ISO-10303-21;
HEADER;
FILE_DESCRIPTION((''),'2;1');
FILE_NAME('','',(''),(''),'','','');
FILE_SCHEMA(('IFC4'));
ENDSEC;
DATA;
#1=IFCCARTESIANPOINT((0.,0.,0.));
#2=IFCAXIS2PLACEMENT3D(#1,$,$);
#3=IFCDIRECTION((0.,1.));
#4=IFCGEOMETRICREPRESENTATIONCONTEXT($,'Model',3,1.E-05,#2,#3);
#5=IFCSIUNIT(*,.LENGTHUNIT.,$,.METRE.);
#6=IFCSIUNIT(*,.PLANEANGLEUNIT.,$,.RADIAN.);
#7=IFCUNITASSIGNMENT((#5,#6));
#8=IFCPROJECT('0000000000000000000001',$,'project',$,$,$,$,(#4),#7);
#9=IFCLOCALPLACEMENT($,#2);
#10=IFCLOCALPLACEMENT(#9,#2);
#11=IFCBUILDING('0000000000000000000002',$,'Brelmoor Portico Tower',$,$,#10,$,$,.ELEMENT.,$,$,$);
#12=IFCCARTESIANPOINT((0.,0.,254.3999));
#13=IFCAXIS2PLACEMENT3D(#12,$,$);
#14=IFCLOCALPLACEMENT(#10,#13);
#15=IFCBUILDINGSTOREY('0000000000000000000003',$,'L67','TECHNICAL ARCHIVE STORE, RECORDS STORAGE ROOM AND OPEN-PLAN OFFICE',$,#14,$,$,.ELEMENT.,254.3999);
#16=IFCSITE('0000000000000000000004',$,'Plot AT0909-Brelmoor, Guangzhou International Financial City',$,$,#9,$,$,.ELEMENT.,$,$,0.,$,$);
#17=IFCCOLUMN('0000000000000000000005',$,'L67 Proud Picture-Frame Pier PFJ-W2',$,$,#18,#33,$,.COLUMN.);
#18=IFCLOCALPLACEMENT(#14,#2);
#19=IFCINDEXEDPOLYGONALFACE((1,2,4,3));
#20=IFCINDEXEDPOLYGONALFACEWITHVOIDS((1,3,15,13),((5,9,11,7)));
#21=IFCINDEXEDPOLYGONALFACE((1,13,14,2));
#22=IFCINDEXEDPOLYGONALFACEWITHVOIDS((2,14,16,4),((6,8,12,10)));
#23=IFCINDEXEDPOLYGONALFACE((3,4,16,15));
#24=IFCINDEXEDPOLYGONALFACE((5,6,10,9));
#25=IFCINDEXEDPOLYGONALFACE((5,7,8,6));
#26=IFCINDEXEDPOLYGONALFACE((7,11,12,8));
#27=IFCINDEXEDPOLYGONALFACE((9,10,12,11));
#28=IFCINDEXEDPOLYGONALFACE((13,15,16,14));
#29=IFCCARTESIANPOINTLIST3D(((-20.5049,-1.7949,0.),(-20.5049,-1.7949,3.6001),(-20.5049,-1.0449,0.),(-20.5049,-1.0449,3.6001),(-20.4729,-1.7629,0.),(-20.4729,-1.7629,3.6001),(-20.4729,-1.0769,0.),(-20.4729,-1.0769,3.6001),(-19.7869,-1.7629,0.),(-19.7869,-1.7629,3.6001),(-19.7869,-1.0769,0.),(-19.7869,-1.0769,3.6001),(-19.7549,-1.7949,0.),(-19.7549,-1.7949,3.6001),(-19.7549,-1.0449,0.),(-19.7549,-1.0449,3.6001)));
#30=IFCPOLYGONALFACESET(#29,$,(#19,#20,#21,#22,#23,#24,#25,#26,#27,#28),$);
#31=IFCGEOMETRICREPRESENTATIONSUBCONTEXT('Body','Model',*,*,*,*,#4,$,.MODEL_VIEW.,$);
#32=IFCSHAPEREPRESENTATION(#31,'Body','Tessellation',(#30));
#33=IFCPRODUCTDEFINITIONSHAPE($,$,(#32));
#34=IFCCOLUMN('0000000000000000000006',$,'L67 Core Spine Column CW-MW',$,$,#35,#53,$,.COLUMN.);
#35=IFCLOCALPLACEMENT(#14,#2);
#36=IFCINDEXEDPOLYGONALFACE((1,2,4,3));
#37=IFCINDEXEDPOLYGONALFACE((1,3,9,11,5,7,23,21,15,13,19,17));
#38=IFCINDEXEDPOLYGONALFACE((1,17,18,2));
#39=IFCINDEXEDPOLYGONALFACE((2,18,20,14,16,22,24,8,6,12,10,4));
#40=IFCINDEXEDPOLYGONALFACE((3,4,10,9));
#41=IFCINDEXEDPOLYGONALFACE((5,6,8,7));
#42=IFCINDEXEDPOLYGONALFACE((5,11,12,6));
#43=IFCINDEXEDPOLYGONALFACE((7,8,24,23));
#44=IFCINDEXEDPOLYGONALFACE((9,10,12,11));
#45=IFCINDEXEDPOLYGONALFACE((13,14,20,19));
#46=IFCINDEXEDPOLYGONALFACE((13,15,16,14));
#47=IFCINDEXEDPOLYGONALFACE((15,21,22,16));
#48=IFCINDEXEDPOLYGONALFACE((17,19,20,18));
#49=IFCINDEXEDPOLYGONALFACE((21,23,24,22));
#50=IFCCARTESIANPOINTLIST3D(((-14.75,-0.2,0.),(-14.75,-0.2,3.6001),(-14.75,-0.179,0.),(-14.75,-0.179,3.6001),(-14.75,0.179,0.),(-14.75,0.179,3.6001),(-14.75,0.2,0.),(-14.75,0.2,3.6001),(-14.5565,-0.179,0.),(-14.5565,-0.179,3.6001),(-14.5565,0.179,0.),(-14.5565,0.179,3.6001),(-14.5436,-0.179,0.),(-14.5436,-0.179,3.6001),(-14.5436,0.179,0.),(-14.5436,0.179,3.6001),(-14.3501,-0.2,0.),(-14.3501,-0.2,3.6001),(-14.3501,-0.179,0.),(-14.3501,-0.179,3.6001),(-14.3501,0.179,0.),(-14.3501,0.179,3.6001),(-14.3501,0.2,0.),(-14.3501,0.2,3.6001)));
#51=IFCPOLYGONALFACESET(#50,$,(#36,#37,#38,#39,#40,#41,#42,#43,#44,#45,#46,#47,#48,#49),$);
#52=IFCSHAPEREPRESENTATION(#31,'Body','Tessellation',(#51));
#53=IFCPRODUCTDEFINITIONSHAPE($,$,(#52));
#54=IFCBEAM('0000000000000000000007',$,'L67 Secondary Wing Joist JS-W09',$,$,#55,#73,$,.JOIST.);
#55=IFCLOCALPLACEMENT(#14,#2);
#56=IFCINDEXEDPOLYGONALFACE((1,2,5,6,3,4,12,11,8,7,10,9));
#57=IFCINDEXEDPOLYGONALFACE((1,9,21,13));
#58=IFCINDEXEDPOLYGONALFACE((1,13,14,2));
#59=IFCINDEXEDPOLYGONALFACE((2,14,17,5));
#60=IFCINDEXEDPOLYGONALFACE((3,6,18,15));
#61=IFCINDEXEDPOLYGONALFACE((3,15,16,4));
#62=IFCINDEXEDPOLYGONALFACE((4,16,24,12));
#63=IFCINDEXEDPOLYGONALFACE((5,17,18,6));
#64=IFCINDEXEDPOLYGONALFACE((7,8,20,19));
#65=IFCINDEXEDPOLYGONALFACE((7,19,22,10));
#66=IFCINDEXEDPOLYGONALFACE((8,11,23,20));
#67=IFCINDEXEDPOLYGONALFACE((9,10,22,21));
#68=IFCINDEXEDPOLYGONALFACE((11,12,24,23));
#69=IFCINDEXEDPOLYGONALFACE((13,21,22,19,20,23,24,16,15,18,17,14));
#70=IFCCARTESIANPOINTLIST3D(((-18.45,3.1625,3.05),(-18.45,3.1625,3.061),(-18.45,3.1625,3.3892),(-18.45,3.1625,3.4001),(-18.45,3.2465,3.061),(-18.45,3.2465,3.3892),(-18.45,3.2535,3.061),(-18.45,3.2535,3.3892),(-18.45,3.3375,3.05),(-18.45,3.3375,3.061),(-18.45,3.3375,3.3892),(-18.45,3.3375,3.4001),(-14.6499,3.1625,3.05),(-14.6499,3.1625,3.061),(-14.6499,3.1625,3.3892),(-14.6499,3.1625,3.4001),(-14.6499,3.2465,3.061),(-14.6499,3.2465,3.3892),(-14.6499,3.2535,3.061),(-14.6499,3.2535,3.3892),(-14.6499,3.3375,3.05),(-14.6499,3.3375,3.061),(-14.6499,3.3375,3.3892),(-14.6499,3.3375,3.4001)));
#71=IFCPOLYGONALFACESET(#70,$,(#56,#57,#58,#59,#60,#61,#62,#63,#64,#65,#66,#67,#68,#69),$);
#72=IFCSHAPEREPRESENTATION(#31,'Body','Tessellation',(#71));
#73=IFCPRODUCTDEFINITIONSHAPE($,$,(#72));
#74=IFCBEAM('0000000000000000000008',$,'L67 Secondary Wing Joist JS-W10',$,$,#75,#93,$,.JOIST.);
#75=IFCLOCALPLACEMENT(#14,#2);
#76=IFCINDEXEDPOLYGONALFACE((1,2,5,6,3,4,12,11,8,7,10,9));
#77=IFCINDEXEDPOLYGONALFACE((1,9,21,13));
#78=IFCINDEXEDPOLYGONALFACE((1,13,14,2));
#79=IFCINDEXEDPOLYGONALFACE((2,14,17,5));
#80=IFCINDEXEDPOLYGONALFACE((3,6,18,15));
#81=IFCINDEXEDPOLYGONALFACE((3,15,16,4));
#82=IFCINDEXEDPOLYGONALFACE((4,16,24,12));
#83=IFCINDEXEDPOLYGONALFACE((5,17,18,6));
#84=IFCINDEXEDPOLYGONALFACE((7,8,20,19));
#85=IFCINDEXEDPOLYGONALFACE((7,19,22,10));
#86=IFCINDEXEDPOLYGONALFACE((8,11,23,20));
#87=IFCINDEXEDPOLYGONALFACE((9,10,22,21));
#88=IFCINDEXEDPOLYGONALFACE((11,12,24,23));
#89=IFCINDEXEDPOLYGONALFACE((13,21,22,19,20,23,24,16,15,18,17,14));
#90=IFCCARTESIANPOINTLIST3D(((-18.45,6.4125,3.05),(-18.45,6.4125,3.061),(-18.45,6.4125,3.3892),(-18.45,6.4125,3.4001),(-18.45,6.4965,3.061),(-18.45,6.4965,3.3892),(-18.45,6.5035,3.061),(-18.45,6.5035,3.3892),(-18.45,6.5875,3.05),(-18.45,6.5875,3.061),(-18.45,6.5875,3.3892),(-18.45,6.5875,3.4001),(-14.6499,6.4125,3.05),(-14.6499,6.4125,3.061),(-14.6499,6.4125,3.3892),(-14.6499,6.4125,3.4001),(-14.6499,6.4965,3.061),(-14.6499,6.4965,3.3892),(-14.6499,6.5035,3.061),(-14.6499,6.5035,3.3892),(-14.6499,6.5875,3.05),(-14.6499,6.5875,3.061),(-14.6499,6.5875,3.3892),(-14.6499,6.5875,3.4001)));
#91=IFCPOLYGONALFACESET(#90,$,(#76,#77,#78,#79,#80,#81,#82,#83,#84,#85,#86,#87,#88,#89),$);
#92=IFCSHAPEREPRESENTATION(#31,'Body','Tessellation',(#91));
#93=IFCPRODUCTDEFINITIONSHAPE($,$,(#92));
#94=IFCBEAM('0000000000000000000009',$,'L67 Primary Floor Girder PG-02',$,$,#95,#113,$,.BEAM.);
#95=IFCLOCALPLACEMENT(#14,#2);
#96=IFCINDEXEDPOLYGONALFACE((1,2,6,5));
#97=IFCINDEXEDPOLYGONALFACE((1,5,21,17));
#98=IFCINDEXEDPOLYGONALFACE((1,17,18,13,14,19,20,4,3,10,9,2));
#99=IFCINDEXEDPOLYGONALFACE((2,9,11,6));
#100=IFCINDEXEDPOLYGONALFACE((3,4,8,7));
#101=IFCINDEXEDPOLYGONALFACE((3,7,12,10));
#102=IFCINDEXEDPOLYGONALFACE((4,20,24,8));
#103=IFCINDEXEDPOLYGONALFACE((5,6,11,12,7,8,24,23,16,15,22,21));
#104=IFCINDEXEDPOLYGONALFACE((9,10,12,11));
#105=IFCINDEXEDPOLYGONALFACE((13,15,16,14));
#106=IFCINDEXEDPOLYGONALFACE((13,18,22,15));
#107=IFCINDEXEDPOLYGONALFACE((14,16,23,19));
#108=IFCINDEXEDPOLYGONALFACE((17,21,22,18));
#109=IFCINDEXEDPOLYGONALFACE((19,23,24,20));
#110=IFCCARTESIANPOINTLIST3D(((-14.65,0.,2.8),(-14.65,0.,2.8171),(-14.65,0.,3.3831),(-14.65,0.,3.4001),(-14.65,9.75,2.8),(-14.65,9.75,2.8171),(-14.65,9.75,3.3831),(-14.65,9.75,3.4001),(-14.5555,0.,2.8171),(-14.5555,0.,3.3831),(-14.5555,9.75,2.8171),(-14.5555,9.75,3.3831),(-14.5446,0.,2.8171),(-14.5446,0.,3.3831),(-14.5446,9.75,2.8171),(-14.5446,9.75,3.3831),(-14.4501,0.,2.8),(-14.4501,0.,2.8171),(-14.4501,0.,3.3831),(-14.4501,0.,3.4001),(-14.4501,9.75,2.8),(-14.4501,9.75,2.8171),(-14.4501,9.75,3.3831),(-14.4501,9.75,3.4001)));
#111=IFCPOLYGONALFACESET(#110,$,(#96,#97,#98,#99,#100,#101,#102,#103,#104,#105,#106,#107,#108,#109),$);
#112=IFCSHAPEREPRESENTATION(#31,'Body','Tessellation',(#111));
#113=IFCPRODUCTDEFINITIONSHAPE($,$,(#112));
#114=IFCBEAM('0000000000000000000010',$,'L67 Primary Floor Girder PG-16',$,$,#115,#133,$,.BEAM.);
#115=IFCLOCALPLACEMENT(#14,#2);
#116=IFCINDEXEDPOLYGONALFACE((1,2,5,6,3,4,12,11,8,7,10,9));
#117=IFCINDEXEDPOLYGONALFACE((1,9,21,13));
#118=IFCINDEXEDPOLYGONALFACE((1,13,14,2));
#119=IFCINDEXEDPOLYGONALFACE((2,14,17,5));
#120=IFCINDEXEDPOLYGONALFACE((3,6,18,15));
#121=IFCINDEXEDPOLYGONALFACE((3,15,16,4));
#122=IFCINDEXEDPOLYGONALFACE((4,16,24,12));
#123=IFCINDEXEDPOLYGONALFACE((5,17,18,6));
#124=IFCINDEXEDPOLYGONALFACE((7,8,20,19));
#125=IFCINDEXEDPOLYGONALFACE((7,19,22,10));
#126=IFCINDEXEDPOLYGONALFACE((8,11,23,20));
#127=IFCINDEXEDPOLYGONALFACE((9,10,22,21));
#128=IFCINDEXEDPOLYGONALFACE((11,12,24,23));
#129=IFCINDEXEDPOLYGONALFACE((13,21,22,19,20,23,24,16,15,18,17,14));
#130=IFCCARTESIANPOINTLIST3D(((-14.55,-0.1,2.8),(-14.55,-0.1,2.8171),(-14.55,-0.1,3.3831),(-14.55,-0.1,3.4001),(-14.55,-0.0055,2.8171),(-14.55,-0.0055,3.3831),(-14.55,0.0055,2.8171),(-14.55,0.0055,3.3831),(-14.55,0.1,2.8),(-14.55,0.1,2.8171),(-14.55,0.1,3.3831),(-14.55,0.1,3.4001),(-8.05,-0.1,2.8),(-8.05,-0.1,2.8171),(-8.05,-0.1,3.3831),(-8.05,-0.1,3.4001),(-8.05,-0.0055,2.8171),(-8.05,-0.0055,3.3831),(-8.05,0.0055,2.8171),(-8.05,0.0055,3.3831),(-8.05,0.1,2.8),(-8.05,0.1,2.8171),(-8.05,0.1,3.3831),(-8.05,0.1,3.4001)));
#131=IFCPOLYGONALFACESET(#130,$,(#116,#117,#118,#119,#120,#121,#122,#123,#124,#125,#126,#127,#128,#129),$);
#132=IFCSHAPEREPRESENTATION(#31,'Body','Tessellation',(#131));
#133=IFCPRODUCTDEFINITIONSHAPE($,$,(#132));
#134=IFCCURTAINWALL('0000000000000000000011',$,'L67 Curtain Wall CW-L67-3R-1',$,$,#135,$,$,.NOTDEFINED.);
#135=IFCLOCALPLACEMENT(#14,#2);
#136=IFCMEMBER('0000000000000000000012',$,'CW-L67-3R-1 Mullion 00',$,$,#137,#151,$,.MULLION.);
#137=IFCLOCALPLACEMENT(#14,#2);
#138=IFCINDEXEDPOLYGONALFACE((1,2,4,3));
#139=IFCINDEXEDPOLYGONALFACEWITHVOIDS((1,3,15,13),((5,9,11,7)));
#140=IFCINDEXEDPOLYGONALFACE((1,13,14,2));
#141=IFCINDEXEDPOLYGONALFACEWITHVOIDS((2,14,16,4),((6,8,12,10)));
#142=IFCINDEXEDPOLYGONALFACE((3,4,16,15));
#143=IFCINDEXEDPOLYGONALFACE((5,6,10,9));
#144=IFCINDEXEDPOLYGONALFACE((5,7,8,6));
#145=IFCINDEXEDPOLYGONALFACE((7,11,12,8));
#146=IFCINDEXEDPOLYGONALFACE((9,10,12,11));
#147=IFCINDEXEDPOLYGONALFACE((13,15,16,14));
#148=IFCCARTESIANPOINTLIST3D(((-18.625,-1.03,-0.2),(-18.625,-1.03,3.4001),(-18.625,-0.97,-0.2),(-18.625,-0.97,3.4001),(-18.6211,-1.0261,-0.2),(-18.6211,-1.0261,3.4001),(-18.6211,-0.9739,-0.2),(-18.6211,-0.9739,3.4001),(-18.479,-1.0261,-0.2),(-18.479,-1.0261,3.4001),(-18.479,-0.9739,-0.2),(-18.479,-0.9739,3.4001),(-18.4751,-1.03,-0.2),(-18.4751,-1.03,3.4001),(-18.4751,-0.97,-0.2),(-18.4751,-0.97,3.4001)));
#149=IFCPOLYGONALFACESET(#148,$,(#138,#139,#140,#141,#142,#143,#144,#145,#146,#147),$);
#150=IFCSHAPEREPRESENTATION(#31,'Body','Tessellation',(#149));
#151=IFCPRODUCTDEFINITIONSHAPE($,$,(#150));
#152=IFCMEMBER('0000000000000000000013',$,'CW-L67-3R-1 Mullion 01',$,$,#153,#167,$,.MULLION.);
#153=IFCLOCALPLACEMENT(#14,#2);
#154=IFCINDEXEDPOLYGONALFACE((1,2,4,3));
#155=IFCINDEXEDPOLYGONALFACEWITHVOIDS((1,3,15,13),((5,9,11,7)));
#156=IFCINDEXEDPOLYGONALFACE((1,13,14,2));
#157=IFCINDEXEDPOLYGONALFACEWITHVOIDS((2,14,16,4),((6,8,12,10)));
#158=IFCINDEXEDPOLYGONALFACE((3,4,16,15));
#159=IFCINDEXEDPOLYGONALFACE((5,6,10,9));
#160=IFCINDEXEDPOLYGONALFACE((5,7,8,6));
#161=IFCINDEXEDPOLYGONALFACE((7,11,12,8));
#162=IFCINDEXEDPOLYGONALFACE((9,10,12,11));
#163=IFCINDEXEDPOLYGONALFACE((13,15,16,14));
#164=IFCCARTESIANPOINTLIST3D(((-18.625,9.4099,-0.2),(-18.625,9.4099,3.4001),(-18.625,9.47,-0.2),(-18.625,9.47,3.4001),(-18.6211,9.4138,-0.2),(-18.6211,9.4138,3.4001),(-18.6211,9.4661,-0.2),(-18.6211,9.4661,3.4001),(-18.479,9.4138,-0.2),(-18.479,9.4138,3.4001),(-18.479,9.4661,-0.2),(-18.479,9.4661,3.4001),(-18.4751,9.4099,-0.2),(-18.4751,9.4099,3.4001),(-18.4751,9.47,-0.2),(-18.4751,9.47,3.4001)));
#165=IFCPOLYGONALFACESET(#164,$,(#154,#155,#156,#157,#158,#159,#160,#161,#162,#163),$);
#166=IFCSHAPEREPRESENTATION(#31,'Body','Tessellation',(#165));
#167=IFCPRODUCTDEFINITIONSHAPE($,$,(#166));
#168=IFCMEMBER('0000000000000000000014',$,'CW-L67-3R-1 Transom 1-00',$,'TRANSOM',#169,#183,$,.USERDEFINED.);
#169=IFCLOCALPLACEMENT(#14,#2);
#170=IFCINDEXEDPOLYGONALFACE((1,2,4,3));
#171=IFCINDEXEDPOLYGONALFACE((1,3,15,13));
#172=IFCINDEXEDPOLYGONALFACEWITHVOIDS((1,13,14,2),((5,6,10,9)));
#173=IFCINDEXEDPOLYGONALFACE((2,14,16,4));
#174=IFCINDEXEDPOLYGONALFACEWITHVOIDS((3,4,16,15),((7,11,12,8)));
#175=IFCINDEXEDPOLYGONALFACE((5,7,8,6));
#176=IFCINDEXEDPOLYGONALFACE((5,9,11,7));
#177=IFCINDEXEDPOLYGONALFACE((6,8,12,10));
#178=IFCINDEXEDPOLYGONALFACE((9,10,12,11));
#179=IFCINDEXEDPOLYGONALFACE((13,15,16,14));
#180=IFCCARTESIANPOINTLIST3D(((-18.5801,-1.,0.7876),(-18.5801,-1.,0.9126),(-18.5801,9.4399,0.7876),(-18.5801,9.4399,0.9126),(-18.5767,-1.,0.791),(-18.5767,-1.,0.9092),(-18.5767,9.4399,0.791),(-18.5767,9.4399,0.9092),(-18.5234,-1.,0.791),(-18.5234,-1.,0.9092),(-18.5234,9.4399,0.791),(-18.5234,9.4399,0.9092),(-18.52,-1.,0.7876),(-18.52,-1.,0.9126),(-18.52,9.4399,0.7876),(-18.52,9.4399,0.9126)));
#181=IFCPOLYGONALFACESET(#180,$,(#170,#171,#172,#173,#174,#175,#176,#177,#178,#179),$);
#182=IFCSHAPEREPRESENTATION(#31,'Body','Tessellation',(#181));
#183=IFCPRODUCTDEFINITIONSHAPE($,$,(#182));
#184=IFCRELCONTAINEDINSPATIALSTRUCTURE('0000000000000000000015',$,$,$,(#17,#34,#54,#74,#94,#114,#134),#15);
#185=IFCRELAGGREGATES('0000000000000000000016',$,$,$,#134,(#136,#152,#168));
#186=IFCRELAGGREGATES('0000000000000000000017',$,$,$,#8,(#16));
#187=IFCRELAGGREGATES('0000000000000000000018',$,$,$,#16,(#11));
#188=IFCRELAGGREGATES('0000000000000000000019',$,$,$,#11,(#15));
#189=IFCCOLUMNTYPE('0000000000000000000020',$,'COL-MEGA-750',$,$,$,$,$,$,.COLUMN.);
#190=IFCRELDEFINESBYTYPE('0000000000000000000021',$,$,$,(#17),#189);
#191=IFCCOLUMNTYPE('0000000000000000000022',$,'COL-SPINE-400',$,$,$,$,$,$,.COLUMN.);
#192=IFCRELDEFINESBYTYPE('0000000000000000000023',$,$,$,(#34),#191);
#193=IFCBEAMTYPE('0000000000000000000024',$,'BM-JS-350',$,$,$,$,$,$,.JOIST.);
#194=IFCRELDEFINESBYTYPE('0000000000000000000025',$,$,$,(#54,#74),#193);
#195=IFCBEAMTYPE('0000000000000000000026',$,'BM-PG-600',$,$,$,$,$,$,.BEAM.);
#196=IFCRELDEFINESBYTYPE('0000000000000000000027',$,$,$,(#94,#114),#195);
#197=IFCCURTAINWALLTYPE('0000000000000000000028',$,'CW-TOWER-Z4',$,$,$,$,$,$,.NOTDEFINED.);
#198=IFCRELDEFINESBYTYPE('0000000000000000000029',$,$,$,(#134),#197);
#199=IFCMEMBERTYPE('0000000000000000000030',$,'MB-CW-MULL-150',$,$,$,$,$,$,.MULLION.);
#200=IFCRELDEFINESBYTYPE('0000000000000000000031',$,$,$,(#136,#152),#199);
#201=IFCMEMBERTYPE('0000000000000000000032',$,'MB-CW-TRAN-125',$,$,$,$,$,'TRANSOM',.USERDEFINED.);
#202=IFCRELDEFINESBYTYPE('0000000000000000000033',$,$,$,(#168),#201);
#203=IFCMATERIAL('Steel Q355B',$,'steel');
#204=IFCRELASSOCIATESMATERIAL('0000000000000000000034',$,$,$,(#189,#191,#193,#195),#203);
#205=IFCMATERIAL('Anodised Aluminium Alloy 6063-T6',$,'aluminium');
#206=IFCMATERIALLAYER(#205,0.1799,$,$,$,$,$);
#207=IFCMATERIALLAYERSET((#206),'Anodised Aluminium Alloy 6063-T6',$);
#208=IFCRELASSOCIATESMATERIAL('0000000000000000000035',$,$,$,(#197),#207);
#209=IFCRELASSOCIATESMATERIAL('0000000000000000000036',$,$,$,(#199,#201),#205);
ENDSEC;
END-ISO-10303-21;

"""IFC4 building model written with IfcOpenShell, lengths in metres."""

from ifc_helpers import new_model, si_unit, direction, frame, origin, origin_2d, place, context, subcontext, project, spatial, hollow_rectangle, i_section, extrude, material, layer, layer_set, material_profile, profile_set, type_object, element, aggregate, save


model = new_model("IFC4")

# Units and contexts
model_context = context("Model", 3, precision=1e-05, world=origin(), true_north=direction((0.0, 1.0)))
body_context = subcontext(model_context, "Body", "Model", "MODEL_VIEW")
ifc_project = project(units=[si_unit("LENGTHUNIT", "METRE"), si_unit("PLANEANGLEUNIT", "RADIAN")], contexts=[model_context])

# Site, building, storey
site_placement = place(None, origin())
site = spatial("IfcSite", under=ifc_project, at=site_placement, Name="Plot AT0909-Brelmoor, Guangzhou International Financial City", CompositionType="ELEMENT", RefElevation=0.0)
building_placement = place(site_placement, origin())
building = spatial("IfcBuilding", under=site, at=building_placement, Name="Brelmoor Portico Tower", CompositionType="ELEMENT")
storey_placement = place(building_placement, frame((0.0, 0.0, 254.3999)))
storey = spatial("IfcBuildingStorey", under=building, at=storey_placement, Name="L67", Description="TECHNICAL ARCHIVE STORE, RECORDS STORAGE ROOM AND OPEN-PLAN OFFICE", CompositionType="ELEMENT", Elevation=254.3999)

# Columns
ifc_material_1 = material(Name="Steel Q355B", Category="steel")
ifc_material_profile_1 = material_profile(ifc_material_1, hollow_rectangle(XDim=0.75, YDim=0.75, WallThickness=0.032, at=origin_2d()), Name="BOX 750x750x32")
ifc_profile_set_1 = profile_set([ifc_material_profile_1], Name="Steel Q355B")
column_type_1 = type_object("IfcColumnType", Name="COL-MEGA-750", PredefinedType="COLUMN", material=ifc_profile_set_1)
column_1_placement = place(storey_placement, frame((-20.1299, -1.4199, 0.0), z_axis=(0.0, 0.0, 1.0), x_axis=(0.0, 1.0, 0.0)))
element("IfcColumn", 1, at=column_1_placement, inside=storey, type_object=column_type_1, Name="L67 Proud Picture-Frame Pier PFJ-W2", PredefinedType="COLUMN", context=body_context, shape_type="SweptSolid", body=[
    extrude(hollow_rectangle(XDim=0.75, YDim=0.75, WallThickness=0.032, at=origin_2d()), origin(), (0.0, 0.0, 1.0), 3.6001),
])
ifc_material_profile_2 = material_profile(ifc_material_1, i_section(OverallWidth=0.3999, OverallDepth=0.3999, WebThickness=0.0129, FlangeThickness=0.021, at=origin_2d()), Name="HW 400x400x13x21")
ifc_profile_set_2 = profile_set([ifc_material_profile_2], Name="Steel Q355B")
column_type_2 = type_object("IfcColumnType", Name="COL-SPINE-400", PredefinedType="COLUMN", material=ifc_profile_set_2)
column_2_placement = place(storey_placement, frame((-14.55, 0.0, 0.0), z_axis=(0.0, 0.0, 1.0), x_axis=(1.0, 0.0, 0.0)))
element("IfcColumn", 2, at=column_2_placement, inside=storey, type_object=column_type_2, Name="L67 Core Spine Column CW-MW", PredefinedType="COLUMN", context=body_context, shape_type="SweptSolid", body=[
    extrude(i_section(OverallWidth=0.3999, OverallDepth=0.3999, WebThickness=0.0129, FlangeThickness=0.021, at=origin_2d()), origin(), (0.0, 0.0, 1.0), 3.6001),
])

# Beams
ifc_material_profile_3 = material_profile(ifc_material_1, i_section(OverallWidth=0.175, OverallDepth=0.3501, WebThickness=0.0071, FlangeThickness=0.011, at=origin_2d()), Name="HN 350x175x7x11")
ifc_profile_set_3 = profile_set([ifc_material_profile_3], Name="Steel Q355B")
beam_type_1 = type_object("IfcBeamType", Name="BM-JS-350", PredefinedType="JOIST", material=ifc_profile_set_3)
for number, where, z_axis, x_axis, name in (
    (3, (-18.45, 3.25, 3.2251), (1.0, 0.0, 0.0), (0.0, 1.0, 0.0), "L67 Secondary Wing Joist JS-W09"),
    (4, (-18.45, 6.5, 3.2251), (1.0, 0.0, 0.0), (0.0, 1.0, 0.0), "L67 Secondary Wing Joist JS-W10"),
):
    element("IfcBeam", number, at=place(storey_placement, frame(where, z_axis=z_axis, x_axis=x_axis)), inside=storey, type_object=beam_type_1, Name=name, PredefinedType="JOIST", context=body_context, shape_type="SweptSolid", body=[
        extrude(i_section(OverallWidth=0.175, OverallDepth=0.3501, WebThickness=0.0071, FlangeThickness=0.011, at=origin_2d()), origin(), (0.0, 0.0, 1.0), 3.8),
    ])
ifc_material_profile_4 = material_profile(ifc_material_1, i_section(OverallWidth=0.2, OverallDepth=0.6001, WebThickness=0.011, FlangeThickness=0.0171, at=origin_2d()), Name="HN 600x200x11x17")
ifc_profile_set_4 = profile_set([ifc_material_profile_4], Name="Steel Q355B")
beam_type_2 = type_object("IfcBeamType", Name="BM-PG-600", PredefinedType="BEAM", material=ifc_profile_set_4)
beam_1_placement = place(storey_placement, frame((-14.55, 0.0, 3.1001), z_axis=(0.0, 1.0, 0.0), x_axis=(-1.0, 0.0, 0.0)))
element("IfcBeam", 5, at=beam_1_placement, inside=storey, type_object=beam_type_2, Name="L67 Primary Floor Girder PG-02", PredefinedType="BEAM", context=body_context, shape_type="SweptSolid", body=[
    extrude(i_section(OverallWidth=0.2, OverallDepth=0.6001, WebThickness=0.011, FlangeThickness=0.0171, at=origin_2d()), origin(), (0.0, 0.0, 1.0), 9.75),
])
beam_2_placement = place(storey_placement, frame((-14.55, 0.0, 3.1001), z_axis=(1.0, 0.0, 0.0), x_axis=(0.0, 1.0, 0.0)))
element("IfcBeam", 6, at=beam_2_placement, inside=storey, type_object=beam_type_2, Name="L67 Primary Floor Girder PG-16", PredefinedType="BEAM", context=body_context, shape_type="SweptSolid", body=[
    extrude(i_section(OverallWidth=0.2, OverallDepth=0.6001, WebThickness=0.011, FlangeThickness=0.0171, at=origin_2d()), origin(), (0.0, 0.0, 1.0), 6.5),
])

# Curtain wall, members
ifc_material_2 = material(Name="Anodised Aluminium Alloy 6063-T6", Category="aluminium")
ifc_layer_1 = layer(ifc_material_2, 0.1799)
ifc_layer_set_1 = layer_set([ifc_layer_1], Name="Anodised Aluminium Alloy 6063-T6")
curtain_wall_type = type_object("IfcCurtainWallType", Name="CW-TOWER-Z4", PredefinedType="NOTDEFINED", material=ifc_layer_set_1)
curtain_wall_placement = place(storey_placement, origin())
curtain_wall = element("IfcCurtainWall", 7, at=curtain_wall_placement, inside=storey, type_object=curtain_wall_type, Name="L67 Curtain Wall CW-L67-3R-1", PredefinedType="NOTDEFINED")
ifc_material_profile_5 = material_profile(ifc_material_2, hollow_rectangle(XDim=0.0601, YDim=0.1499, WallThickness=0.0039, at=origin_2d()), Name="ALU MULLION 60x150")
ifc_profile_set_5 = profile_set([ifc_material_profile_5], Name="Anodised Aluminium Alloy 6063-T6")
member_type_1 = type_object("IfcMemberType", Name="MB-CW-MULL-150", PredefinedType="MULLION", material=ifc_profile_set_5)
member_1_placement = place(storey_placement, frame((-18.55, -1.0, -0.2), z_axis=(0.0, 0.0, 1.0), x_axis=(0.0, 1.0, 0.0)))
member_1 = element("IfcMember", 8, at=member_1_placement, type_object=member_type_1, Name="CW-L67-3R-1 Mullion 00", PredefinedType="MULLION", context=body_context, shape_type="SweptSolid", body=[
    extrude(hollow_rectangle(XDim=0.0601, YDim=0.1499, WallThickness=0.0039, at=origin_2d()), origin(), (0.0, 0.0, 1.0), 3.6001),
])
member_2_placement = place(storey_placement, frame((-18.55, 9.4399, -0.2), z_axis=(0.0, 0.0, 1.0), x_axis=(0.0, 1.0, 0.0)))
member_2 = element("IfcMember", 9, at=member_2_placement, type_object=member_type_1, Name="CW-L67-3R-1 Mullion 01", PredefinedType="MULLION", context=body_context, shape_type="SweptSolid", body=[
    extrude(hollow_rectangle(XDim=0.0601, YDim=0.1499, WallThickness=0.0039, at=origin_2d()), origin(), (0.0, 0.0, 1.0), 3.6001),
])
ifc_material_profile_6 = material_profile(ifc_material_2, hollow_rectangle(XDim=0.0601, YDim=0.125, WallThickness=0.0034, at=origin_2d()), Name="ALU TRANSOM 60x125")
ifc_profile_set_6 = profile_set([ifc_material_profile_6], Name="Anodised Aluminium Alloy 6063-T6")
member_type_2 = type_object("IfcMemberType", Name="MB-CW-TRAN-125", ElementType="TRANSOM", PredefinedType="USERDEFINED", material=ifc_profile_set_6)
member_3_placement = place(storey_placement, frame((-18.55, -1.0, 0.8501), z_axis=(0.0, 1.0, 0.0), x_axis=(-1.0, 0.0, 0.0)))
member_3 = element("IfcMember", 10, at=member_3_placement, type_object=member_type_2, Name="CW-L67-3R-1 Transom 1-00", ObjectType="TRANSOM", PredefinedType="USERDEFINED", context=body_context, shape_type="SweptSolid", body=[
    extrude(hollow_rectangle(XDim=0.0601, YDim=0.125, WallThickness=0.0034, at=origin_2d()), origin(), (0.0, 0.0, 1.0), 10.4399),
])

aggregate(curtain_wall, [member_1, member_2, member_3])

save(model, "model.ifc")
